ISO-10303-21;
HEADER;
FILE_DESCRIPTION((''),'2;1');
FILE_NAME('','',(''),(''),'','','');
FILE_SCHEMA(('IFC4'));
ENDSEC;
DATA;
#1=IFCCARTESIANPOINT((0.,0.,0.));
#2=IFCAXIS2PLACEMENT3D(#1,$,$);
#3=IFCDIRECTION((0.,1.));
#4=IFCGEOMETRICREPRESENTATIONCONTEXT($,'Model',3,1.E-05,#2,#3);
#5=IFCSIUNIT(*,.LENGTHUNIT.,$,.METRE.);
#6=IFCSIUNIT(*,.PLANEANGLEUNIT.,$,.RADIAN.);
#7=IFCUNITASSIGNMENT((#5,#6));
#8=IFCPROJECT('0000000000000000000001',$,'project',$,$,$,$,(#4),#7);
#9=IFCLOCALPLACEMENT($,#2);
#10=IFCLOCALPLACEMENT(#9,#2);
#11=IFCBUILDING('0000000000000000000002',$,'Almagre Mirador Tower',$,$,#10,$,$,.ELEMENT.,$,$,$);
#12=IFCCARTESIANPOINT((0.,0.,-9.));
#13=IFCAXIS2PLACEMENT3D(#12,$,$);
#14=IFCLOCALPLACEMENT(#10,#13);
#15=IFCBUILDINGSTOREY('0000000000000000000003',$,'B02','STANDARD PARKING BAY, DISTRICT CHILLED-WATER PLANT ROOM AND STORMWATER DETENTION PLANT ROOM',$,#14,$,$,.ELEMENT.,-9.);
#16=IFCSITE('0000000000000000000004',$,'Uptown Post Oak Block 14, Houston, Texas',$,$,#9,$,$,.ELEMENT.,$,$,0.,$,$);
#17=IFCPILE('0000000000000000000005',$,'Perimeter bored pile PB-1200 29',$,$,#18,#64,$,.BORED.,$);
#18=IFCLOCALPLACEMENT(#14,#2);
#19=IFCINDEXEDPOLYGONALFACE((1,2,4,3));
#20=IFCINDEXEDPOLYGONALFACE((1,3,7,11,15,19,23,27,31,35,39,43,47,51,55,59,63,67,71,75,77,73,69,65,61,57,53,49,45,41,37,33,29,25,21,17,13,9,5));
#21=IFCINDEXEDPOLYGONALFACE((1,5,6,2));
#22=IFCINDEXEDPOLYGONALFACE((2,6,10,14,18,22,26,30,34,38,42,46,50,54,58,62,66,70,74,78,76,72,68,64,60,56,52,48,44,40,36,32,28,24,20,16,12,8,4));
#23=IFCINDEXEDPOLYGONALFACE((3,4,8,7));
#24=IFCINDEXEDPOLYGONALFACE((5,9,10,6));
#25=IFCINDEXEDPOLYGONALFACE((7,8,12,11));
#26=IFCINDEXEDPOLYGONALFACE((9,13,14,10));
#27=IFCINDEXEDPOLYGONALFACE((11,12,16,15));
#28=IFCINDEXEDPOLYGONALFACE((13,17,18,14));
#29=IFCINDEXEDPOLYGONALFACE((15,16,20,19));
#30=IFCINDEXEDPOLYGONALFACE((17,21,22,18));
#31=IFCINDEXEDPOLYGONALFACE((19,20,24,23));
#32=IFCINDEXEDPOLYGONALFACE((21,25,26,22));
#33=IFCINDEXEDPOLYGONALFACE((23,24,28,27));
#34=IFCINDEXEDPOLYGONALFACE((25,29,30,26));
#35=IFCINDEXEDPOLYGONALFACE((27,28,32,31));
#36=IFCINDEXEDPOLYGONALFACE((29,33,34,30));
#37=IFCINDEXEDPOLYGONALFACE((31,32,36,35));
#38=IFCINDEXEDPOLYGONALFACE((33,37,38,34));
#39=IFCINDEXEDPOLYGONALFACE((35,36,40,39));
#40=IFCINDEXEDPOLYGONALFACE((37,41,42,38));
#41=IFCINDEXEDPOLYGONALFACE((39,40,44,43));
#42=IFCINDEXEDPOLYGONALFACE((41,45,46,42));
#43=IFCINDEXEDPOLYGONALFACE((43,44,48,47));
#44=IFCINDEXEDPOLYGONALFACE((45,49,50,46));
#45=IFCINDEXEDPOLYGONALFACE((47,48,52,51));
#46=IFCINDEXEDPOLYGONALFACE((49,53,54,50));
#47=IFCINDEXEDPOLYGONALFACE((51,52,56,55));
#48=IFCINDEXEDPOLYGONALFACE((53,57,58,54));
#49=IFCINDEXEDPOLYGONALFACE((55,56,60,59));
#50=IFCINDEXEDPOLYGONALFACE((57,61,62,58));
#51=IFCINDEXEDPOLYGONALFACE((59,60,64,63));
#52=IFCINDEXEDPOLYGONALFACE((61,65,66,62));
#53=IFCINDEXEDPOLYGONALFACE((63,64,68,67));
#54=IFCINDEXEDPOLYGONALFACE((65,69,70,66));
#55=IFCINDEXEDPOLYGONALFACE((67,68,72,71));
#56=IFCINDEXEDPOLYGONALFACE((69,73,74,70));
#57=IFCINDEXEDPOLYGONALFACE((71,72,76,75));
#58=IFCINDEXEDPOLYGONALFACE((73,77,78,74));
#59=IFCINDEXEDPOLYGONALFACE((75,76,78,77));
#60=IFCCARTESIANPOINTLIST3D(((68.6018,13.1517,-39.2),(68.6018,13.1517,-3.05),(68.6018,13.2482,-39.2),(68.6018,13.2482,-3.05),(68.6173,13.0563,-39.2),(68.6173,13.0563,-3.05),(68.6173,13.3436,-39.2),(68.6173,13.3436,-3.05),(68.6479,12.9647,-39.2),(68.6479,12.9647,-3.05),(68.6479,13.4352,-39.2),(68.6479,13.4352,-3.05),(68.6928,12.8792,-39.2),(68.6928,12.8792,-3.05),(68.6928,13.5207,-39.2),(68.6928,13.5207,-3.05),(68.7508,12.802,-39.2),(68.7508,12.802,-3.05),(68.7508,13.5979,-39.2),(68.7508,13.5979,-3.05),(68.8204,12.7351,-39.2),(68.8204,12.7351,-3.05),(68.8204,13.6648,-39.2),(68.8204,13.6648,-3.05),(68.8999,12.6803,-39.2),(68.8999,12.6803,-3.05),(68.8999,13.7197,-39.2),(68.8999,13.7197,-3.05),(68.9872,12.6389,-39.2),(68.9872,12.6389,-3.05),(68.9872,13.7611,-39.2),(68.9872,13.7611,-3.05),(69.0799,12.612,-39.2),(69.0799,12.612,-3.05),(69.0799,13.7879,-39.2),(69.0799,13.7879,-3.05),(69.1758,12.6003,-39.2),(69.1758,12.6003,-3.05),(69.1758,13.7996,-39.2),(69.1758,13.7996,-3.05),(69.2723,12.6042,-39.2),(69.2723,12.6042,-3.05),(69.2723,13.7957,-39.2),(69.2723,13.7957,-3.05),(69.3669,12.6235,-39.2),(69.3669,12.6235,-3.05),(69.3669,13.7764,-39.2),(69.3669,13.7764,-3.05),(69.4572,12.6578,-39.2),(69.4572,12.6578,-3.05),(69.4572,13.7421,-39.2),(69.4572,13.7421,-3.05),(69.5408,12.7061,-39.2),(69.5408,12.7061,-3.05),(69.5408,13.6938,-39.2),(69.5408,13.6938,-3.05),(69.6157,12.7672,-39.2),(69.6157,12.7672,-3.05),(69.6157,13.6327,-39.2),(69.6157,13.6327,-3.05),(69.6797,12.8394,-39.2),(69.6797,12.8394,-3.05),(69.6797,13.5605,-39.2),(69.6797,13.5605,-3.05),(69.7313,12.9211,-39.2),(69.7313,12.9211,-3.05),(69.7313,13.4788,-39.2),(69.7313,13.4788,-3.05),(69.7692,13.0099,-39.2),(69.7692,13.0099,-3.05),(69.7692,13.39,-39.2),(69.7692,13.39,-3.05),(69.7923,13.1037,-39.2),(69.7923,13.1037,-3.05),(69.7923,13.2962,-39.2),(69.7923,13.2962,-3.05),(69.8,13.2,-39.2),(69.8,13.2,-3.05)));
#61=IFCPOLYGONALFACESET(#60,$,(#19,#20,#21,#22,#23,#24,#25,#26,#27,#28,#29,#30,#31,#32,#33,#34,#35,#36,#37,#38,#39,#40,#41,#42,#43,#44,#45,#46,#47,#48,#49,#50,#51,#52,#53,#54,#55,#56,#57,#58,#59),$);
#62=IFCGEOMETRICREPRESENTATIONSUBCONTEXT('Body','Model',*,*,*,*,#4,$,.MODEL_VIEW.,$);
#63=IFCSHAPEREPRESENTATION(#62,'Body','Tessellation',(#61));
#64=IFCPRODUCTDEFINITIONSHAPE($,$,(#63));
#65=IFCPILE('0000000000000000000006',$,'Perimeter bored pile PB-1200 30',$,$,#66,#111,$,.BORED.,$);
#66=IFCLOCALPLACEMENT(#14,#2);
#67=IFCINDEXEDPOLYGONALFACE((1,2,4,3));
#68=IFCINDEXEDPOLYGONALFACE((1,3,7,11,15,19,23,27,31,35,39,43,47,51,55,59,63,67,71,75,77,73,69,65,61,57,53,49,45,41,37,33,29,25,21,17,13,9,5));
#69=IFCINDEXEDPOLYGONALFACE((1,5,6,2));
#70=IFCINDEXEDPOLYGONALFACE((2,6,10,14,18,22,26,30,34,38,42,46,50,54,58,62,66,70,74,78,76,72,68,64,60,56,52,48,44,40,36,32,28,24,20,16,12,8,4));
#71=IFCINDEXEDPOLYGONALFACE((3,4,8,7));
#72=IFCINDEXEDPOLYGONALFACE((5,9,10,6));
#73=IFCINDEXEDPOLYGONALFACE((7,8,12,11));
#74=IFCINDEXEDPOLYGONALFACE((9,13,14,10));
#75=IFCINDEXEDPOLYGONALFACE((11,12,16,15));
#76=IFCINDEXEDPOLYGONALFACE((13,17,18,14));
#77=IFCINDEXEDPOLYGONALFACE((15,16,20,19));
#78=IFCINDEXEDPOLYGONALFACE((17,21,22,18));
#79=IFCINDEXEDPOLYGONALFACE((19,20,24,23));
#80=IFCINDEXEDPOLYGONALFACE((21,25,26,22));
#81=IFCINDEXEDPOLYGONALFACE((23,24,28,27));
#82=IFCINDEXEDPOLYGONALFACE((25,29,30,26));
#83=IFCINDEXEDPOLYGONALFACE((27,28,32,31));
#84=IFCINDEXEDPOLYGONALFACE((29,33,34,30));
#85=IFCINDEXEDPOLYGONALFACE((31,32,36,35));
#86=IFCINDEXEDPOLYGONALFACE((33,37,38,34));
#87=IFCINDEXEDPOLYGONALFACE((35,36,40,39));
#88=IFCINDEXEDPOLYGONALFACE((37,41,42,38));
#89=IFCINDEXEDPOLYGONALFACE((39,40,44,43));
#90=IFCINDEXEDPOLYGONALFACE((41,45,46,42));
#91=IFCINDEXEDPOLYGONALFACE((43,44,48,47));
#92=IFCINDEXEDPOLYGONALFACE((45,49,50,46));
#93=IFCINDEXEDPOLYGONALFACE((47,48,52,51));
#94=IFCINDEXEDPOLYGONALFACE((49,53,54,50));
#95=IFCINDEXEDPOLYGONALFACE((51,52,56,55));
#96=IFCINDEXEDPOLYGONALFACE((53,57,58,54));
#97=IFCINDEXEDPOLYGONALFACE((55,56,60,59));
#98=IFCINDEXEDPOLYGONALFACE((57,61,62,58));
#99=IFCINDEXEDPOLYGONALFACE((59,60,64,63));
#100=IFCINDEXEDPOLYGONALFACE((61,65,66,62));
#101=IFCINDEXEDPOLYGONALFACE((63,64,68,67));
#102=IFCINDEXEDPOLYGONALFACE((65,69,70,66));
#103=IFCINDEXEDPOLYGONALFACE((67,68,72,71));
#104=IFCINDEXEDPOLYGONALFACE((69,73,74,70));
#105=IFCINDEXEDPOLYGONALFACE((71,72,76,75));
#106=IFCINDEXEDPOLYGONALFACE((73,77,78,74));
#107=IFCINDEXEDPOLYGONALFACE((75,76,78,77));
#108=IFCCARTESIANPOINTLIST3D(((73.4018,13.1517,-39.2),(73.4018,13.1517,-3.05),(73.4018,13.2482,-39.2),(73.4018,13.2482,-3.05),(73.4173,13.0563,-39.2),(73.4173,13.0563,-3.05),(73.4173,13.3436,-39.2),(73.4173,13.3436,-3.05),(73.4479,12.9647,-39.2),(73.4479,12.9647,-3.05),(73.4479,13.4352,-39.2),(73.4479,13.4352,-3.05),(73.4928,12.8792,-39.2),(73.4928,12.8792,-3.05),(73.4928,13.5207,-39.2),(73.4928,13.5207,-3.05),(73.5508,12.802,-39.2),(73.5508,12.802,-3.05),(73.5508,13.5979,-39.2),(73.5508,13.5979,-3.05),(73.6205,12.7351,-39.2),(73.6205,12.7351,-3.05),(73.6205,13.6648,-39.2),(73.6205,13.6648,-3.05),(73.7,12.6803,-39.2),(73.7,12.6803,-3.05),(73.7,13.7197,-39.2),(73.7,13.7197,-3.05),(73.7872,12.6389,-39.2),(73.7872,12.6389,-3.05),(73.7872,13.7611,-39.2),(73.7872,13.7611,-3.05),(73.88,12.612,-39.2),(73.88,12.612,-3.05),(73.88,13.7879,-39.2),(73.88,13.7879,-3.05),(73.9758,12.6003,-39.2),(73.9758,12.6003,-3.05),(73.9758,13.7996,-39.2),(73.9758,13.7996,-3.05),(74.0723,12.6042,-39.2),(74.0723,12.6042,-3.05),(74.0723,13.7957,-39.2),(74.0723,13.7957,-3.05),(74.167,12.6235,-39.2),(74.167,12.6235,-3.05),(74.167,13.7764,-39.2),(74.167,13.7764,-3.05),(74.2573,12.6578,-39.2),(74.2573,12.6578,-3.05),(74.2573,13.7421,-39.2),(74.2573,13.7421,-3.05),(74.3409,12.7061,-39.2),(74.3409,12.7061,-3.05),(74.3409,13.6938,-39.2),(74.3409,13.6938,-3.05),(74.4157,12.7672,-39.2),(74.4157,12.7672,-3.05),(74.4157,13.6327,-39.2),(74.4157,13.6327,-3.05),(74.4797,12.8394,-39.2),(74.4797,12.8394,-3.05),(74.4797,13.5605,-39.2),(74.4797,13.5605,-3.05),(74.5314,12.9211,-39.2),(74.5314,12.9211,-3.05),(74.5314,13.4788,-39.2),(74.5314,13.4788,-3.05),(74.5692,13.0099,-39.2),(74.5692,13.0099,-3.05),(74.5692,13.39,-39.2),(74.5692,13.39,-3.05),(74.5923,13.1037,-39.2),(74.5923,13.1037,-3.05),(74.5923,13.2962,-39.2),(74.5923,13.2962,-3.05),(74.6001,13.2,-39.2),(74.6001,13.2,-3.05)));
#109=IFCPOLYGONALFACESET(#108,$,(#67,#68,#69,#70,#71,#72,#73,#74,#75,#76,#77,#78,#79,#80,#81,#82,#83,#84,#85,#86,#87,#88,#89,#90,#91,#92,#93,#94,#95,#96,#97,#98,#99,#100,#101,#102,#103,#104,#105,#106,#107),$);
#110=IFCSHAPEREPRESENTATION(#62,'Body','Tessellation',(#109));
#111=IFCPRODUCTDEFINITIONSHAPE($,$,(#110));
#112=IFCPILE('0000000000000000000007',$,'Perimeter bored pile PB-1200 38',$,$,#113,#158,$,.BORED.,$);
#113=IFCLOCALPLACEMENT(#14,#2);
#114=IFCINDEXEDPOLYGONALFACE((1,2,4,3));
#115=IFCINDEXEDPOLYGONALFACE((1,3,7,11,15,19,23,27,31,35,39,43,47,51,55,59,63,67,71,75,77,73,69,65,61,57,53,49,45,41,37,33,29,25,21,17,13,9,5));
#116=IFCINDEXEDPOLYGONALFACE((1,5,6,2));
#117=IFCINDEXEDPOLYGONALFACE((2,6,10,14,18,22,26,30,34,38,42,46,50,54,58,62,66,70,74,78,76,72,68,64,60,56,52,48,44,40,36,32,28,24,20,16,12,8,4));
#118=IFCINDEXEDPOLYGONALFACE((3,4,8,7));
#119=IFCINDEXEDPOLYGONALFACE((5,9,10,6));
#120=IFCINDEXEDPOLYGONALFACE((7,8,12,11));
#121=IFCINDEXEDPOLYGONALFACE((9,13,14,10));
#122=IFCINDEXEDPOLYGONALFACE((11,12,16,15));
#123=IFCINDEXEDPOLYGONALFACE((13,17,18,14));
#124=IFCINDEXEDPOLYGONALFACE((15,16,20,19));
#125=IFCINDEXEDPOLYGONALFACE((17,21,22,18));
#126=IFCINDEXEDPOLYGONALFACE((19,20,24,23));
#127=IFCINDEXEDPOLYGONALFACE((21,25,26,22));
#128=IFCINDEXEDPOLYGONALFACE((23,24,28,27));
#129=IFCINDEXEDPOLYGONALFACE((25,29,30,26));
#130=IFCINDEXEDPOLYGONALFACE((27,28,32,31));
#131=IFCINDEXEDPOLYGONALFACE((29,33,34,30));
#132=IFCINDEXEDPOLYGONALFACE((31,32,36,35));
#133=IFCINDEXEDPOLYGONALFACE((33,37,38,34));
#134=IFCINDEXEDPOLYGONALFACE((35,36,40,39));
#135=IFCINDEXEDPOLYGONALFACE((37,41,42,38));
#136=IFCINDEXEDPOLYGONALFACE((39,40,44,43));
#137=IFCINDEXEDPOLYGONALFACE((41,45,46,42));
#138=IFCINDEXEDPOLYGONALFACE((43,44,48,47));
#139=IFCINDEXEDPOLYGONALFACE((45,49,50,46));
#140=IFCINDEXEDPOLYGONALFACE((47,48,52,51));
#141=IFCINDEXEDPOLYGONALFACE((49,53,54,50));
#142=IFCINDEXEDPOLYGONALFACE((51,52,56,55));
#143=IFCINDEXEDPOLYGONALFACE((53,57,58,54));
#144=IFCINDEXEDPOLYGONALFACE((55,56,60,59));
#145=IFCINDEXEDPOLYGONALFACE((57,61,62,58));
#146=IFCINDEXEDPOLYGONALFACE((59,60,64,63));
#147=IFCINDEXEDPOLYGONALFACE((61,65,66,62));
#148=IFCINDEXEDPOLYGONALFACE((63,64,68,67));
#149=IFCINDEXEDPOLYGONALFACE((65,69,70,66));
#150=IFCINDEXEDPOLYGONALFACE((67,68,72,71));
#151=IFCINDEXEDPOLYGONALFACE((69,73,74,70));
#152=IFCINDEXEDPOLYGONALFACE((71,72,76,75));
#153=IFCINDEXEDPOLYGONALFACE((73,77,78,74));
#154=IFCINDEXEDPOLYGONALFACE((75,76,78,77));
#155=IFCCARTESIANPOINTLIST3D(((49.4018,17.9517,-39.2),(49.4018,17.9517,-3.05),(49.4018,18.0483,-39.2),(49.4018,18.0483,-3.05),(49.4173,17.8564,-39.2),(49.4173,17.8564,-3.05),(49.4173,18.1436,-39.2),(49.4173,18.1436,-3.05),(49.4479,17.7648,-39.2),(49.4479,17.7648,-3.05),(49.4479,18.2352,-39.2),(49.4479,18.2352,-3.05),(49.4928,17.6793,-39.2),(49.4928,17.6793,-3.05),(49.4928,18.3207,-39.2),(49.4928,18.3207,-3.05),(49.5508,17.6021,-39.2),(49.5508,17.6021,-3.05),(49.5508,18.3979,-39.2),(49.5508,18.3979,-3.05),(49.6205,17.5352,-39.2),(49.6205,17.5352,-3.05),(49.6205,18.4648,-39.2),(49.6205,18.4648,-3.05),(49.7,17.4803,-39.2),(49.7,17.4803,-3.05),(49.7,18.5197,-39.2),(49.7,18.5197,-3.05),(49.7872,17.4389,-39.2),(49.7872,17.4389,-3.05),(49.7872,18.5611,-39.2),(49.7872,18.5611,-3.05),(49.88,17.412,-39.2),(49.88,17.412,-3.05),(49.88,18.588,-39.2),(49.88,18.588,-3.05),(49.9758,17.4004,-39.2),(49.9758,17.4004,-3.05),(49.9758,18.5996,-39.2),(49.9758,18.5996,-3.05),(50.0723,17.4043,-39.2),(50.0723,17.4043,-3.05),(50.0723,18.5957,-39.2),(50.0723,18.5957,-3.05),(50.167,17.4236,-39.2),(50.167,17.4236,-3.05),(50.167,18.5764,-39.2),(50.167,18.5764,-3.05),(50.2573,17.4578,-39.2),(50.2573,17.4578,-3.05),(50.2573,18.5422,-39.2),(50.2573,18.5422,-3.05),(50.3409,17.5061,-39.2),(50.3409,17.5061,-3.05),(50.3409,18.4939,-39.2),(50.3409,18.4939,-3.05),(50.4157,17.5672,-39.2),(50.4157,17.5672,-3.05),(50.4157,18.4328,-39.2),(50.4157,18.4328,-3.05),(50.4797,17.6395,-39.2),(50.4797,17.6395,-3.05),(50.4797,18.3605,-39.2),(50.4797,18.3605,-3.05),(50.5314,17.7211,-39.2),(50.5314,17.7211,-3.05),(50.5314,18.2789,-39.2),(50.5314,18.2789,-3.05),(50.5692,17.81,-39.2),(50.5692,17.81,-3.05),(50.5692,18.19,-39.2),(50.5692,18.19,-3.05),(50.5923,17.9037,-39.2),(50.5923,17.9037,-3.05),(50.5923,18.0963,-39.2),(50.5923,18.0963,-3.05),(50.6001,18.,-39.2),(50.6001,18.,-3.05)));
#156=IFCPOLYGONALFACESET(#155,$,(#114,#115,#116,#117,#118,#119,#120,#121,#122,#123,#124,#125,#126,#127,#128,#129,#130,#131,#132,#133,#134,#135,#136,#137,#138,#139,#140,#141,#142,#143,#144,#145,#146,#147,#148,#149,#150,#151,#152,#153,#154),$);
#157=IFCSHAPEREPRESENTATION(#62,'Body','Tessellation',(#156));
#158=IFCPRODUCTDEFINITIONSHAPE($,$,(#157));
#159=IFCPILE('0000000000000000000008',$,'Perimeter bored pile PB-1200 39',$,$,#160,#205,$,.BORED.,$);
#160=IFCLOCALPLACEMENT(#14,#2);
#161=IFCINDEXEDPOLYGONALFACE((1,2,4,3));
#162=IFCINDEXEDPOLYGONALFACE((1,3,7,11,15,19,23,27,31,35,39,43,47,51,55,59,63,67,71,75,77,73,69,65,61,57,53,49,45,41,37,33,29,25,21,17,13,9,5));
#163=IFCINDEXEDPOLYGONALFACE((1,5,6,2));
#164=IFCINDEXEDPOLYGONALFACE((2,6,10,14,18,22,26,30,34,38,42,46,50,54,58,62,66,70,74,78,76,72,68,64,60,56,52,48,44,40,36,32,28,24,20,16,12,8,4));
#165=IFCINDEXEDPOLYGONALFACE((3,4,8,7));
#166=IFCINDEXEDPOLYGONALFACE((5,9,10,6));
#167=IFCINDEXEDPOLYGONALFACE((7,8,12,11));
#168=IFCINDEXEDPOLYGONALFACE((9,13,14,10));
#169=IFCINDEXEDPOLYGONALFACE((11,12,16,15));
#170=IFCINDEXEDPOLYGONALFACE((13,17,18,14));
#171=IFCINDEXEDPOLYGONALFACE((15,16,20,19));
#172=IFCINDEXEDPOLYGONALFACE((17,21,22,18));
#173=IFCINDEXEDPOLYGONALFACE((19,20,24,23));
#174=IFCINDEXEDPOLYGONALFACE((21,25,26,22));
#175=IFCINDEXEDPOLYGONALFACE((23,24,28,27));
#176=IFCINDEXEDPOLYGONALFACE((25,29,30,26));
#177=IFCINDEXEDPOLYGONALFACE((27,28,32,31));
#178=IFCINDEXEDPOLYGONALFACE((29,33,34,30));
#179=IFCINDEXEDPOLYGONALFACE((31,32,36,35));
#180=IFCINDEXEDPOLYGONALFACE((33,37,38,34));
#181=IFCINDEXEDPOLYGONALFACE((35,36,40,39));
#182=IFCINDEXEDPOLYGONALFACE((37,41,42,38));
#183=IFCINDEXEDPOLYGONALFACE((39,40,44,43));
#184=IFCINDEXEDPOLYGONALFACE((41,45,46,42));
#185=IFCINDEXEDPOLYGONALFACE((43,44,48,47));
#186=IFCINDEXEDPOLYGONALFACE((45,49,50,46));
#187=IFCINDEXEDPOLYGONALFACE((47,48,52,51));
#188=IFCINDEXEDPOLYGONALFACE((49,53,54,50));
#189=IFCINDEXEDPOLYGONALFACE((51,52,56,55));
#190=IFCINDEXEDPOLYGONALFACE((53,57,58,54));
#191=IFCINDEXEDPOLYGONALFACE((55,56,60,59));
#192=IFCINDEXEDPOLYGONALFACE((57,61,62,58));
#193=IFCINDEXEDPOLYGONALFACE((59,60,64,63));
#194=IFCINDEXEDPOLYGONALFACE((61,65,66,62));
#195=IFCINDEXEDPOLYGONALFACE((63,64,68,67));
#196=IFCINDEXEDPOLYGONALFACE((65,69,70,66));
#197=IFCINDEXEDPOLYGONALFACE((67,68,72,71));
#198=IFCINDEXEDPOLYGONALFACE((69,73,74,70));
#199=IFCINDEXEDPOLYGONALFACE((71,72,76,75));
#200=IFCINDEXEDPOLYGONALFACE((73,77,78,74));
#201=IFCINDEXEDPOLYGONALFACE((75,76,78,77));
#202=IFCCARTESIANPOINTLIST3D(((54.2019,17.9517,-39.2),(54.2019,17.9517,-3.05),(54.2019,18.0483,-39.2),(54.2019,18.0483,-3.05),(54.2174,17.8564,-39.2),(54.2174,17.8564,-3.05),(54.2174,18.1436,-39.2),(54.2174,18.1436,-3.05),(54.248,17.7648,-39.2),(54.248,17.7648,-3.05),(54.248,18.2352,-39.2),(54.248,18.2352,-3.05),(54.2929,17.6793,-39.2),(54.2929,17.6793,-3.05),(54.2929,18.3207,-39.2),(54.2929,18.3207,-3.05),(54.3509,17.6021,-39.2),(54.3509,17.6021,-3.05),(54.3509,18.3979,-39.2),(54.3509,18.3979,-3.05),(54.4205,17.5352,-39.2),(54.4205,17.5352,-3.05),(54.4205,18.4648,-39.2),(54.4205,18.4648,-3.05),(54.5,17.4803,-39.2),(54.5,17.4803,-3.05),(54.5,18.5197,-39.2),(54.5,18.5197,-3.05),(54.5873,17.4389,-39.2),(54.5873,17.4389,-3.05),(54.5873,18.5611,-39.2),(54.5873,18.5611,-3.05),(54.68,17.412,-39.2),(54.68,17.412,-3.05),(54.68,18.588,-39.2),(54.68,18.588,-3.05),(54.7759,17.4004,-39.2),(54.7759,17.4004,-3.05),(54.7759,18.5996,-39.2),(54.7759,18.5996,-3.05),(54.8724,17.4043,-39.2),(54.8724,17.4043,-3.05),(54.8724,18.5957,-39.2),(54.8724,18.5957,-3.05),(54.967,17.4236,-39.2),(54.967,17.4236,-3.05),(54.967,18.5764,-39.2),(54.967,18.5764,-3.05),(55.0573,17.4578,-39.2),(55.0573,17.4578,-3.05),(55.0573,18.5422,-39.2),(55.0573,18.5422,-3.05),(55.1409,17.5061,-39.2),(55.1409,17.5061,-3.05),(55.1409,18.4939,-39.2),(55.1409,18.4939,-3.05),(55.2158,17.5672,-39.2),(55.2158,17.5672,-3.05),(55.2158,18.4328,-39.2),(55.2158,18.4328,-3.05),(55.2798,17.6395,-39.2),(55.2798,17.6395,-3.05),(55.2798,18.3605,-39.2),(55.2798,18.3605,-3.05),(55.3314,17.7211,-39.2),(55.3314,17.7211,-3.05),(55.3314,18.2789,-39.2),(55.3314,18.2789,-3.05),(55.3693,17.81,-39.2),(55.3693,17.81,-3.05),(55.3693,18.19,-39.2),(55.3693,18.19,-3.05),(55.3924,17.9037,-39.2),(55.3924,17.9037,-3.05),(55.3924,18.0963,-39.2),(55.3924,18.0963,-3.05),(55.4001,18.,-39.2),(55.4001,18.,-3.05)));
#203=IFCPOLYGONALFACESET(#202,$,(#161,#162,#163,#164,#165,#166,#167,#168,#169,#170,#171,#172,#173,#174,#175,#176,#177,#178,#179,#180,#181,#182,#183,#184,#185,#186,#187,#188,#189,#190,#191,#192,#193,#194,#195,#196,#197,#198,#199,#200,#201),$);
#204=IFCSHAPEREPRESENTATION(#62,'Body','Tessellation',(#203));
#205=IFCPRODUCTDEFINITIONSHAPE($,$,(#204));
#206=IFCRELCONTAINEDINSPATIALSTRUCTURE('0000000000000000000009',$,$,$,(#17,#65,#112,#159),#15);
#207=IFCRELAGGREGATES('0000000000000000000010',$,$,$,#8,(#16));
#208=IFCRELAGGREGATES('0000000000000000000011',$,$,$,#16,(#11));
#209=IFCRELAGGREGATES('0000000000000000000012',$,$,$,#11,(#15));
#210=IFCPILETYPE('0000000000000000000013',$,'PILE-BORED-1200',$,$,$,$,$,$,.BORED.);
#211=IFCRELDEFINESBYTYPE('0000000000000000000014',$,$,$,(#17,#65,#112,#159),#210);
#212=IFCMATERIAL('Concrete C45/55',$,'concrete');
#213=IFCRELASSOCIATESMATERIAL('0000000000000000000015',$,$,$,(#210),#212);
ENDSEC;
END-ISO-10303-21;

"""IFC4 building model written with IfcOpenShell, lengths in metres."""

from ifc_helpers import new_model, si_unit, direction, frame, origin, origin_2d, place, context, subcontext, project, spatial, circle, extrude, material, material_profile, profile_set, type_object, element, save


model = new_model("IFC4")

# Units and contexts
model_context = context("Model", 3, precision=1e-05, world=origin(), true_north=direction((0.0, 1.0)))
body_context = subcontext(model_context, "Body", "Model", "MODEL_VIEW")
ifc_project = project(units=[si_unit("LENGTHUNIT", "METRE"), si_unit("PLANEANGLEUNIT", "RADIAN")], contexts=[model_context])

# Site, building, storey
site_placement = place(None, origin())
site = spatial("IfcSite", under=ifc_project, at=site_placement, Name="Uptown Post Oak Block 14, Houston, Texas", CompositionType="ELEMENT", RefElevation=0.0)
building_placement = place(site_placement, origin())
building = spatial("IfcBuilding", under=site, at=building_placement, Name="Almagre Mirador Tower", CompositionType="ELEMENT")
storey_placement = place(building_placement, frame((0.0, 0.0, -9.0)))
storey = spatial("IfcBuildingStorey", under=building, at=storey_placement, Name="B02", Description="STANDARD PARKING BAY, DISTRICT CHILLED-WATER PLANT ROOM AND STORMWATER DETENTION PLANT ROOM", CompositionType="ELEMENT", Elevation=-9.0)

# Piles
ifc_material_1 = material(Name="Concrete C45/55", Category="concrete")
ifc_material_profile_1 = material_profile(ifc_material_1, circle(Radius=0.6001, at=origin_2d()), Name="PILE1200D")
ifc_profile_set_1 = profile_set([ifc_material_profile_1], Name="Concrete C45/55")
pile_type = type_object("IfcPileType", Name="PILE-BORED-1200", PredefinedType="BORED", material=ifc_profile_set_1)
for number, where, z_axis, x_axis, name in (
    (1, (69.2, 13.2, -3.05), (0.0, 0.0, -1.0), (1.0, 0.0, 0.0), "Perimeter bored pile PB-1200 29"),
    (2, (74.0, 13.2, -3.05), (0.0, 0.0, -1.0), (1.0, 0.0, 0.0), "Perimeter bored pile PB-1200 30"),
    (3, (50.0, 18.0, -3.05), (0.0, 0.0, -1.0), (1.0, 0.0, 0.0), "Perimeter bored pile PB-1200 38"),
    (4, (54.8, 18.0, -3.05), (0.0, 0.0, -1.0), (1.0, 0.0, 0.0), "Perimeter bored pile PB-1200 39"),
):
    element("IfcPile", number, at=place(storey_placement, frame(where, z_axis=z_axis, x_axis=x_axis)), inside=storey, type_object=pile_type, Name=name, PredefinedType="BORED", context=body_context, shape_type="SweptSolid", body=[
        extrude(circle(Radius=0.6001, at=origin_2d()), origin(), (0.0, 0.0, 1.0), 36.1499),
    ])

save(model, "model.ifc")
